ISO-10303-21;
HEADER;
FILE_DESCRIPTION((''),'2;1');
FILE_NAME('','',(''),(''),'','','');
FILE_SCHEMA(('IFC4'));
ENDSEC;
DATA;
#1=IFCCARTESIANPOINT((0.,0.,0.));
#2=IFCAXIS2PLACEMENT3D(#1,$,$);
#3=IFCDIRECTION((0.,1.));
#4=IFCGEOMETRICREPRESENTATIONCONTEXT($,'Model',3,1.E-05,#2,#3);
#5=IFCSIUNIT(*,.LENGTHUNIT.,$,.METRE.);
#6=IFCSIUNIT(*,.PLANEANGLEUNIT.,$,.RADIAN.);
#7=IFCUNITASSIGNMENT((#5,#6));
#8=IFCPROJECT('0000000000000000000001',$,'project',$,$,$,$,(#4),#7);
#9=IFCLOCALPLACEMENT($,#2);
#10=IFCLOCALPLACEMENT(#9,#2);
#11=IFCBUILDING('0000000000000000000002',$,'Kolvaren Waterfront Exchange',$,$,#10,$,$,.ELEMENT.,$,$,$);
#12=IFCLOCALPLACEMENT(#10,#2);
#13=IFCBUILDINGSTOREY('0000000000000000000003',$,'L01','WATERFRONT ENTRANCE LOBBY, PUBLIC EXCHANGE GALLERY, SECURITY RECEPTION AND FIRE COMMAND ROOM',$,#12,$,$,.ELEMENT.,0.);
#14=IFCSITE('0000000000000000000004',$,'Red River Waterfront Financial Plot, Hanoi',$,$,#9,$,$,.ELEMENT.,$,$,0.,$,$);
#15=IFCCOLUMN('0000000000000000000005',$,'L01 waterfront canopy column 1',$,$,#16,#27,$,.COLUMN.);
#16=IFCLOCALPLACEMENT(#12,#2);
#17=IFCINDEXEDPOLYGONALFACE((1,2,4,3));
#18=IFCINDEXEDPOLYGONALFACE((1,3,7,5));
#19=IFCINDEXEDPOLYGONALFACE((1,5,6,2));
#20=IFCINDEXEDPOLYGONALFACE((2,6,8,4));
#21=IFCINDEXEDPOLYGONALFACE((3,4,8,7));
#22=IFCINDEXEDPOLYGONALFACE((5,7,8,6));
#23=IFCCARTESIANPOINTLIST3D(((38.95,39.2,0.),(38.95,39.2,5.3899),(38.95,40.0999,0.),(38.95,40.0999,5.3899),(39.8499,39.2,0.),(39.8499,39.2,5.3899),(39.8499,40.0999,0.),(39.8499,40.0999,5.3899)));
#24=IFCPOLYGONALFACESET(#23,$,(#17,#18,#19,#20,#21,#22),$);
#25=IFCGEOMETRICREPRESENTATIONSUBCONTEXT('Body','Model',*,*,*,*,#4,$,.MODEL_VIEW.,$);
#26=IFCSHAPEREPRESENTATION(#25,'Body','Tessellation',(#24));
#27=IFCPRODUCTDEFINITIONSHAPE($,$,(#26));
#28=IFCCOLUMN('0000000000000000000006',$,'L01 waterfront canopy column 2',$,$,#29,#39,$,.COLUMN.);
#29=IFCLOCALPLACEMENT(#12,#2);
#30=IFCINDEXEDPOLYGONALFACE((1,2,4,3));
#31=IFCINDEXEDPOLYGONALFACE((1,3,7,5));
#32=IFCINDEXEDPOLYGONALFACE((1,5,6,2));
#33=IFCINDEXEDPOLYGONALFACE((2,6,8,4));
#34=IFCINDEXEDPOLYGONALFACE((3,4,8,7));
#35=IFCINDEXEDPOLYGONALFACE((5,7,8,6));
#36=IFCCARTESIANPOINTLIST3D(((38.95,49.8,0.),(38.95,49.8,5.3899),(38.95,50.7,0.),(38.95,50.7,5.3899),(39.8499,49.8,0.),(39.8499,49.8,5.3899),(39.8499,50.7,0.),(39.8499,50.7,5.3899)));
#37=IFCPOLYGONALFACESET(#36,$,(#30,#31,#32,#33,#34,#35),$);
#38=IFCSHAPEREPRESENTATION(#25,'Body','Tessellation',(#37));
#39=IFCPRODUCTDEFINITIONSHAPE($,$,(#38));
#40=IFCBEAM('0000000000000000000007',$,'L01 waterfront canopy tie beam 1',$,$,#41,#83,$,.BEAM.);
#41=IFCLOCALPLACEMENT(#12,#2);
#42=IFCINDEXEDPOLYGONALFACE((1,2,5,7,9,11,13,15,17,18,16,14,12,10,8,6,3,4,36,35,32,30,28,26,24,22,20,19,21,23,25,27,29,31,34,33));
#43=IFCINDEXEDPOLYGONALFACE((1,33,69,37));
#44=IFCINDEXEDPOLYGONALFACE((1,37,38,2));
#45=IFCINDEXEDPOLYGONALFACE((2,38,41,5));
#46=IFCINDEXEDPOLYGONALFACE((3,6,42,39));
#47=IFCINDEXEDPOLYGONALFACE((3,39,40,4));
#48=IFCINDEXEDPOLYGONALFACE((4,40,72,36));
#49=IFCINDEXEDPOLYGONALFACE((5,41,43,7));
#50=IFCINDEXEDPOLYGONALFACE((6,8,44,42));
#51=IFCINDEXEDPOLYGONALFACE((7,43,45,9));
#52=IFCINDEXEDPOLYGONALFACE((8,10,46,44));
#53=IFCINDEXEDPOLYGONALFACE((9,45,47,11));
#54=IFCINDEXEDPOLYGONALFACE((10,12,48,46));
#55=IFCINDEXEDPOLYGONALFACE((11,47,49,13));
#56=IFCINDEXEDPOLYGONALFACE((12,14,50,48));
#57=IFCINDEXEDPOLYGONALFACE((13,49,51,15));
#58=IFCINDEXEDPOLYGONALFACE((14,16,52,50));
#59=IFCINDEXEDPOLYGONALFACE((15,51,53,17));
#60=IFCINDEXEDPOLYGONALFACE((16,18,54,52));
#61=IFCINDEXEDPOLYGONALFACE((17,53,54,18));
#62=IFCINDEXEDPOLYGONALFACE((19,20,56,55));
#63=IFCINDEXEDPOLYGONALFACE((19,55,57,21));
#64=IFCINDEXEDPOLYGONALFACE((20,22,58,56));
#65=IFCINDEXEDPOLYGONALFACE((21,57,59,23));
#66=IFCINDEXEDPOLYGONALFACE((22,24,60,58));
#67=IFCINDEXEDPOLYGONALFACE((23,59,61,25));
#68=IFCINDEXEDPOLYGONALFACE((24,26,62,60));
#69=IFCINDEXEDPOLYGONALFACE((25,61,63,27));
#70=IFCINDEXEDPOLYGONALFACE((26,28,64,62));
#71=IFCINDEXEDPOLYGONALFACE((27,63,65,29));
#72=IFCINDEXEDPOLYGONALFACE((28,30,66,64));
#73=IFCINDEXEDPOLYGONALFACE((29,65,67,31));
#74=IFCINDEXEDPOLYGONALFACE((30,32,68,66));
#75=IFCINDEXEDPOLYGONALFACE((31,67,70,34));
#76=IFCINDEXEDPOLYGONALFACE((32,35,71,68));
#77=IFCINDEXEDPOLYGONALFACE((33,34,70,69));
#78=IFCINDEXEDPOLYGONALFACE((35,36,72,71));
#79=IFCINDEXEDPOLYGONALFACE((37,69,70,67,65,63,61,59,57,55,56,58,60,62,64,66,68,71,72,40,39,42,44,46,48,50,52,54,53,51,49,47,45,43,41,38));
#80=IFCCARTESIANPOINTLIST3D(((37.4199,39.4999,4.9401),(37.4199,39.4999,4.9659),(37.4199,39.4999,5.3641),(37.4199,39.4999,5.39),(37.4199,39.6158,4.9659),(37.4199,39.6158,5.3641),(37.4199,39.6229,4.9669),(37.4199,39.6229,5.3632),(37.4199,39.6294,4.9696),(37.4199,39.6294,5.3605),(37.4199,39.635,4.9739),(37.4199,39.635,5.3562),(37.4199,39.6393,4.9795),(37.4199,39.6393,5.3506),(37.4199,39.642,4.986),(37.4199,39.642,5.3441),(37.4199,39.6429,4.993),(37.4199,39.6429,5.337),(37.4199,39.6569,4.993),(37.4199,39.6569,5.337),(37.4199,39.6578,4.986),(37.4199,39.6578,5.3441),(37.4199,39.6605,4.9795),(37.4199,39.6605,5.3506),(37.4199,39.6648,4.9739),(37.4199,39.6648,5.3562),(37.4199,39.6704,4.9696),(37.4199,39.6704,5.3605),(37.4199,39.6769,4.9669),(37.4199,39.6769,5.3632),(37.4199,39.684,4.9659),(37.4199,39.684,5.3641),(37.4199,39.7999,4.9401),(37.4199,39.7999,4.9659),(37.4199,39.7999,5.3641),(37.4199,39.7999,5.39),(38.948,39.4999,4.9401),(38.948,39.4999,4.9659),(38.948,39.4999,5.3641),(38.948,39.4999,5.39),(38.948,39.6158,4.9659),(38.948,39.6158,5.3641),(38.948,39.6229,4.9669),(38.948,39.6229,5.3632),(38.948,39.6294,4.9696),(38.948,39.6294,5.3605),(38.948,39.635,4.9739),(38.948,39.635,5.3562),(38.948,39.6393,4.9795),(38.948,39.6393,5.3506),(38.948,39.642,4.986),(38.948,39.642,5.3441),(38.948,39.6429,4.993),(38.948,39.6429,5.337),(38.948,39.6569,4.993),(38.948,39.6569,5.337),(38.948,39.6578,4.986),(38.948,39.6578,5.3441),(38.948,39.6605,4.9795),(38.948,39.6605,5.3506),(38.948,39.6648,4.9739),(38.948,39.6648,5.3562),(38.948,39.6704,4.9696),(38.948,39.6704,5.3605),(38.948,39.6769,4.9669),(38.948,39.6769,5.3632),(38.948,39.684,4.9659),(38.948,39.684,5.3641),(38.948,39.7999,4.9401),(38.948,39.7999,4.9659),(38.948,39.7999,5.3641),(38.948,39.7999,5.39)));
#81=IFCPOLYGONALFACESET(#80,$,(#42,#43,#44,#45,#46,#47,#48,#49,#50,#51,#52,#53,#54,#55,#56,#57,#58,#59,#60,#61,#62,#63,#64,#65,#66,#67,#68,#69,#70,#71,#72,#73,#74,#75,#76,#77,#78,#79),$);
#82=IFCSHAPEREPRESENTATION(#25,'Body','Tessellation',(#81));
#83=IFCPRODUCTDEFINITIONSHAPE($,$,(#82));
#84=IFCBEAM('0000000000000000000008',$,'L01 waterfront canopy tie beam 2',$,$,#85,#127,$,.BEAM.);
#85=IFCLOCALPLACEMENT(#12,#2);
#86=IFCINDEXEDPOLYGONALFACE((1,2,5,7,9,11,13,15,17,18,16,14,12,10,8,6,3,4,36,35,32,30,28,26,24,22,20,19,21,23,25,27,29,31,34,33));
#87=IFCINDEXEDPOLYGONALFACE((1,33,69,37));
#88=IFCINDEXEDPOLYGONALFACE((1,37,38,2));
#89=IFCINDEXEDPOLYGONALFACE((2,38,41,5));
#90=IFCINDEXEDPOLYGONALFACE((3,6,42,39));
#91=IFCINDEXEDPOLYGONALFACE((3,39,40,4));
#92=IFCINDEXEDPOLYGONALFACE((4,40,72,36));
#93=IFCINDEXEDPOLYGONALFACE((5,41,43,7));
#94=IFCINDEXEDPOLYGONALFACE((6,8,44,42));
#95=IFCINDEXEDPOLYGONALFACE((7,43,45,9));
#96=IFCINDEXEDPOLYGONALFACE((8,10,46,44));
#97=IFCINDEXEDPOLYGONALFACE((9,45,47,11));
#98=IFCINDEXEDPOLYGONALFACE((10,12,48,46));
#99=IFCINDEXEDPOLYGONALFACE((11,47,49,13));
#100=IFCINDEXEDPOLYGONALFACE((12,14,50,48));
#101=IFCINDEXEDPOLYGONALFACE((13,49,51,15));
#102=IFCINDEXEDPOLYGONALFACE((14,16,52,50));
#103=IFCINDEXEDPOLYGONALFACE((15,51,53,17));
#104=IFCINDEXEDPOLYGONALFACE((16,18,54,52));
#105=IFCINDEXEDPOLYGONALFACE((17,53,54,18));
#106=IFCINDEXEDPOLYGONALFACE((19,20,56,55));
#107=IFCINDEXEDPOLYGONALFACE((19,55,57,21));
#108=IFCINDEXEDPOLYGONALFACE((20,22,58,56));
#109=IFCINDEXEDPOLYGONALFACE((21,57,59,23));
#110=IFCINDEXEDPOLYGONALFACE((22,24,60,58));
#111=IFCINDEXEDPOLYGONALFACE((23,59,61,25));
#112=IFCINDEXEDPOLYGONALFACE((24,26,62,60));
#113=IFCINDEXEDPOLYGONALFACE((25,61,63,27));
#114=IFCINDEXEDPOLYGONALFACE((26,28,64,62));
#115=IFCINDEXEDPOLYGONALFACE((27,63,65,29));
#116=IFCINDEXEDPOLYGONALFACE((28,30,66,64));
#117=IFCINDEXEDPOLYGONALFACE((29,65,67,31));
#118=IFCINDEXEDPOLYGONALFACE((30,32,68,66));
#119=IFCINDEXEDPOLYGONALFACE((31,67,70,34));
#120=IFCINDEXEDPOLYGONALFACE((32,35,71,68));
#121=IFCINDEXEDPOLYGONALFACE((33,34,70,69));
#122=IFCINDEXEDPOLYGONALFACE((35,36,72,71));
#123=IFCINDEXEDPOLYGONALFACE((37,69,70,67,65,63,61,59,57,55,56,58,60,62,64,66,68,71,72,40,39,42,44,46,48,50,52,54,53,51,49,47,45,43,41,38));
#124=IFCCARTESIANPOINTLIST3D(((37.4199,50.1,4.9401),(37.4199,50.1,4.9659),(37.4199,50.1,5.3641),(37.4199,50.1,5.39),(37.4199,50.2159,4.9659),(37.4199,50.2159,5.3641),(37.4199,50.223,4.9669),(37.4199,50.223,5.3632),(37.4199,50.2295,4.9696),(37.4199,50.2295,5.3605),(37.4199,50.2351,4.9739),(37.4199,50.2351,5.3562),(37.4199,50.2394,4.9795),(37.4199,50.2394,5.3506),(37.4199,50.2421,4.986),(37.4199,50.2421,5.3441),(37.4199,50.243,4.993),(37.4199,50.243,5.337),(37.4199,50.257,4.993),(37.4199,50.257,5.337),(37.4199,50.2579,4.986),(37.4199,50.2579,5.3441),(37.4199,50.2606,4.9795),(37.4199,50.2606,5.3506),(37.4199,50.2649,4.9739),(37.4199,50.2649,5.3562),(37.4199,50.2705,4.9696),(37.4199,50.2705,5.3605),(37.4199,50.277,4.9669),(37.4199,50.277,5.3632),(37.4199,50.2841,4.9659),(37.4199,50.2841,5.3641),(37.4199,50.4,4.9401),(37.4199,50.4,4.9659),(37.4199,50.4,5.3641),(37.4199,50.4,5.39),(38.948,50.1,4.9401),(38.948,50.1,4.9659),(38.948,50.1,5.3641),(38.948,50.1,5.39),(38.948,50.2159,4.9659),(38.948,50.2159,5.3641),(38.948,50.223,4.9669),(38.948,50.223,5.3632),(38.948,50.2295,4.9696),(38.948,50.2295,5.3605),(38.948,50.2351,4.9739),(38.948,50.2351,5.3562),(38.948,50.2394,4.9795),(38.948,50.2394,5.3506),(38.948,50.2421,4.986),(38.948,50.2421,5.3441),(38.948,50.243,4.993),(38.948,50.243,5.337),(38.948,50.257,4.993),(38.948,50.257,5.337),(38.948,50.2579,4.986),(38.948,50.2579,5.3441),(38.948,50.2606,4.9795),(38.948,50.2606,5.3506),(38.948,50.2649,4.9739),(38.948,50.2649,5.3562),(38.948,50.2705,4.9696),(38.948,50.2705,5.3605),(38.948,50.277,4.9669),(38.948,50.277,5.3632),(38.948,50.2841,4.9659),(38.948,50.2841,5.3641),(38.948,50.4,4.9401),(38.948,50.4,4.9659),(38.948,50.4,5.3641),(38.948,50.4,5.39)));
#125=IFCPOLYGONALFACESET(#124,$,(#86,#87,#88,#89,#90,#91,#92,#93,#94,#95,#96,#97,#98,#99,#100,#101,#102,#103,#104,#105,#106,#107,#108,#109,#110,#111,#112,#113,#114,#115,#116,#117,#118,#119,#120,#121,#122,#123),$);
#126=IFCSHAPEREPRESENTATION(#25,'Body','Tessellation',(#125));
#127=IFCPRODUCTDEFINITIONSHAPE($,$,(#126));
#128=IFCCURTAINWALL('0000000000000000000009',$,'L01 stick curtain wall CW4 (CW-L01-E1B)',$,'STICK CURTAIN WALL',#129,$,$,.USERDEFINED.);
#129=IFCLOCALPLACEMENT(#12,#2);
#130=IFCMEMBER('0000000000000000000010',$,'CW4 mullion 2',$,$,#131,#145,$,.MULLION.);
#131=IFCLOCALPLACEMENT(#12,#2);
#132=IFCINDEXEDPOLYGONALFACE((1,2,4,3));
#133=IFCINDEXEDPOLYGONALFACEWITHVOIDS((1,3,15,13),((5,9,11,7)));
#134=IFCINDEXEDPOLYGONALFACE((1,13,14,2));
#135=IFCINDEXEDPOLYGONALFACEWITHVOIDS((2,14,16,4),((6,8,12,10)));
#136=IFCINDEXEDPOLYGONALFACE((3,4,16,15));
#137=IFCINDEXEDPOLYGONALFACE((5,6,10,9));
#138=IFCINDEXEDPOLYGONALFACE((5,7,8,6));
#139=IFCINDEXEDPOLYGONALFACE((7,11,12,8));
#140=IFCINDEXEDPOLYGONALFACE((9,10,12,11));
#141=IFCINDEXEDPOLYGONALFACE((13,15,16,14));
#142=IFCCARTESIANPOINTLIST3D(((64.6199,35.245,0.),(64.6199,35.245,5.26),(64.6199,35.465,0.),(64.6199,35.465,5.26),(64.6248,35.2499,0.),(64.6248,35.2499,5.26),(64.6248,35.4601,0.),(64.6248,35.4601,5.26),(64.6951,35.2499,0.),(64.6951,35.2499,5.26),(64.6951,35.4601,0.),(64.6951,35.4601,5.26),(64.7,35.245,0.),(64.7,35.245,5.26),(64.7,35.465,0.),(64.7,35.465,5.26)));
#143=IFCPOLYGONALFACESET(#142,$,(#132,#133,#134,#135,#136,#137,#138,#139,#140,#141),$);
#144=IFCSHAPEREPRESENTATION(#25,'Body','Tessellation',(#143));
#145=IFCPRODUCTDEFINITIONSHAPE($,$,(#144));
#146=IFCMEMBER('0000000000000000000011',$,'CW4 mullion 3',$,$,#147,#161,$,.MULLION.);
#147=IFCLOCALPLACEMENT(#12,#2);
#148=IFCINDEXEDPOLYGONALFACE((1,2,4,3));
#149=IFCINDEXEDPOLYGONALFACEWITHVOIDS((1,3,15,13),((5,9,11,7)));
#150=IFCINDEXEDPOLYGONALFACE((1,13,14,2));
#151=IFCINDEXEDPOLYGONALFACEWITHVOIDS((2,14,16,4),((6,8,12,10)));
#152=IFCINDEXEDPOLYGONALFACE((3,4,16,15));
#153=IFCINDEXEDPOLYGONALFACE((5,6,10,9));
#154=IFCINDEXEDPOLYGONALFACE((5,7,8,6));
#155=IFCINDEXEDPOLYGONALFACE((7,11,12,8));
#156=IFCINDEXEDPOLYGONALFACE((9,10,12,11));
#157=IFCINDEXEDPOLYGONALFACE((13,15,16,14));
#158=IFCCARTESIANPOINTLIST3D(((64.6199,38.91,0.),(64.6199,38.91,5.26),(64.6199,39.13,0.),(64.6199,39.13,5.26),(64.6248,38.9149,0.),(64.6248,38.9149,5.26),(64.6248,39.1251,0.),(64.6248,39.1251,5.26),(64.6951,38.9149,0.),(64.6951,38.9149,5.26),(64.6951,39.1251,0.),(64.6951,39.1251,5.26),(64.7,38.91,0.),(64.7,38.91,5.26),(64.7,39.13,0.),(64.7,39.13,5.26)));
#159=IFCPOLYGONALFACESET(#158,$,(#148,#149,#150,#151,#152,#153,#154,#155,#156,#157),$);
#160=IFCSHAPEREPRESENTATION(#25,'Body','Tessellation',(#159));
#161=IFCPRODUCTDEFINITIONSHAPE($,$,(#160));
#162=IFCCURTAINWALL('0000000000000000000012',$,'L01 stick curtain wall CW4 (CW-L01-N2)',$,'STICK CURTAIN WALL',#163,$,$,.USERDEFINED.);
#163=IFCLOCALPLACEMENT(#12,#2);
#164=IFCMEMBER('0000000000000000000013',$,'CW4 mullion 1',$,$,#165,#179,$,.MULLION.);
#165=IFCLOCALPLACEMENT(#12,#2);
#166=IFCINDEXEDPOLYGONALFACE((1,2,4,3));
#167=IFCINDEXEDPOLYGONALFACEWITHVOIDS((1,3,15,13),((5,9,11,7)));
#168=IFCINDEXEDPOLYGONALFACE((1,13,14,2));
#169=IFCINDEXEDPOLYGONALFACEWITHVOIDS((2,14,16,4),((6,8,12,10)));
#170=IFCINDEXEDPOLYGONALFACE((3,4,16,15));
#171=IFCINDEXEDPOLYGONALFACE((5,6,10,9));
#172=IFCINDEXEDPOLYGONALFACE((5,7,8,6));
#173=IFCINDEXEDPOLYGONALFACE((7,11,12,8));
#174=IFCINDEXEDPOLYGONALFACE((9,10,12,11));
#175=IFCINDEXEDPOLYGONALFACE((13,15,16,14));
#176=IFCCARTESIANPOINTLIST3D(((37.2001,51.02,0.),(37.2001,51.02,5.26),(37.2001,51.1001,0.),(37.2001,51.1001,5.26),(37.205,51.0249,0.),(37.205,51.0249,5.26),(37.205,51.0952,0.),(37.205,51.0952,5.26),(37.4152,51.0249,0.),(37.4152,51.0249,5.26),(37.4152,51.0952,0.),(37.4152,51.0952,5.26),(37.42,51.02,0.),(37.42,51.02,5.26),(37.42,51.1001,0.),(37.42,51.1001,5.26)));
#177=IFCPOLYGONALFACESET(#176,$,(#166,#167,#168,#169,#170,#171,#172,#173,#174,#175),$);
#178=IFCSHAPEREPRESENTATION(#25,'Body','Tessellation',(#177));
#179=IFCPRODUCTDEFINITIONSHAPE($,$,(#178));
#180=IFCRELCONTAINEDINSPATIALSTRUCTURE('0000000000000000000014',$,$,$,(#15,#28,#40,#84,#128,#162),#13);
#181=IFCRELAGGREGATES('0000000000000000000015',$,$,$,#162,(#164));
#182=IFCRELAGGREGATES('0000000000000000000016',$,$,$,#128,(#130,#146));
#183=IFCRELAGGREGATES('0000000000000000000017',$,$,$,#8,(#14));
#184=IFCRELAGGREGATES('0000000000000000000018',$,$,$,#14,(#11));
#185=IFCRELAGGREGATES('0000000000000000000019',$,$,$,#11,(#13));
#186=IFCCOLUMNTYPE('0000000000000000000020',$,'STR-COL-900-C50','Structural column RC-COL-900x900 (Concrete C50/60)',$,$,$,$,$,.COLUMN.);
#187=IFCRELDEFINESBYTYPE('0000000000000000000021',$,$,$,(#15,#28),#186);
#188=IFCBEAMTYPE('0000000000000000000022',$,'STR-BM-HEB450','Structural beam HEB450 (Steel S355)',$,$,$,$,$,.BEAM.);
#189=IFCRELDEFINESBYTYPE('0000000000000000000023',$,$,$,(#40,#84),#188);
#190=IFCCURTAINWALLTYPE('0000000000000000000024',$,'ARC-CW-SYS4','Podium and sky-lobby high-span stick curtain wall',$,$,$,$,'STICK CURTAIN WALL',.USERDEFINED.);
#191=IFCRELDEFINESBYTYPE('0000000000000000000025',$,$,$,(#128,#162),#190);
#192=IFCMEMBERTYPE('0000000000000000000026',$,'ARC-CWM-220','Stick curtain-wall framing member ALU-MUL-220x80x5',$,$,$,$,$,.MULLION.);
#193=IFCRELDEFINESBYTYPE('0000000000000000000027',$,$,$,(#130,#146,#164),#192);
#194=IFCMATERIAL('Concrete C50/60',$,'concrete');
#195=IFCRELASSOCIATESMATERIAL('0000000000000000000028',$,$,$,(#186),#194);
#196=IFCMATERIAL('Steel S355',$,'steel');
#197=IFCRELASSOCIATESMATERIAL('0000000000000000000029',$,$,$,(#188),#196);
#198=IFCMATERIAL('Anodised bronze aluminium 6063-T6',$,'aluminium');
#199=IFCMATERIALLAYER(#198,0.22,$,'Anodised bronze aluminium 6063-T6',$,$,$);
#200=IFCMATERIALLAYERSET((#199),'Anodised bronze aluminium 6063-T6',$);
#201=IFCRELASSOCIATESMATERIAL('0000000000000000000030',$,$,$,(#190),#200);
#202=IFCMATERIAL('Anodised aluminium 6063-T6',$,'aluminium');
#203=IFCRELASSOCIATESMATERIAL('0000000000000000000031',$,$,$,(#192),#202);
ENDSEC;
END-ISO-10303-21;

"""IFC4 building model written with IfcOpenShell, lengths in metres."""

from ifc_helpers import new_model, si_unit, direction, frame, origin, origin_with_axes, origin_2d, place, context, subcontext, project, spatial, rectangle, hollow_rectangle, i_section, extrude, source, transform, mapped, material, layer, layer_set, material_profile, profile_set, type_object, element, aggregate, save


model = new_model("IFC4")

# Units and contexts
model_context = context("Model", 3, precision=1e-05, world=origin(), true_north=direction((0.0, 1.0)))
body_context = subcontext(model_context, "Body", "Model", "MODEL_VIEW")
ifc_project = project(units=[si_unit("LENGTHUNIT", "METRE"), si_unit("PLANEANGLEUNIT", "RADIAN")], contexts=[model_context])

# Site, building, storey
site_placement = place(None, origin())
site = spatial("IfcSite", under=ifc_project, at=site_placement, Name="Red River Waterfront Financial Plot, Hanoi", CompositionType="ELEMENT", RefElevation=0.0)
building_placement = place(site_placement, origin())
building = spatial("IfcBuilding", under=site, at=building_placement, Name="Kolvaren Waterfront Exchange", CompositionType="ELEMENT")
storey_placement = place(building_placement, origin())
storey = spatial("IfcBuildingStorey", under=building, at=storey_placement, Name="L01", Description="WATERFRONT ENTRANCE LOBBY, PUBLIC EXCHANGE GALLERY, SECURITY RECEPTION AND FIRE COMMAND ROOM", CompositionType="ELEMENT", Elevation=0.0)

# Columns
ifc_material_1 = material(Name="Concrete C50/60", Category="concrete")
ifc_material_profile_1 = material_profile(ifc_material_1, rectangle(XDim=0.8999, YDim=0.8999, at=origin_2d()), Name="RC-COL-900x900")
ifc_profile_set_1 = profile_set([ifc_material_profile_1], Name="Concrete C50/60")
column_type = type_object("IfcColumnType", Name="STR-COL-900-C50", Description="Structural column RC-COL-900x900 (Concrete C50/60)", PredefinedType="COLUMN", material=ifc_profile_set_1)
for number, where, z_axis, x_axis, name in (
    (1, (39.3999, 39.6499, 0.0), (0.0, 0.0, 1.0), (1.0, 0.0, 0.0), "L01 waterfront canopy column 1"),
    (2, (39.3999, 50.25, 0.0), (0.0, 0.0, 1.0), (1.0, 0.0, 0.0), "L01 waterfront canopy column 2"),
):
    element("IfcColumn", number, at=place(storey_placement, frame(where, z_axis=z_axis, x_axis=x_axis)), inside=storey, type_object=column_type, Name=name, PredefinedType="COLUMN", context=body_context, shape_type="SweptSolid", body=[
        extrude(rectangle(XDim=0.8999, YDim=0.8999, at=origin_2d()), origin(), (0.0, 0.0, 1.0), 5.3899),
    ])

# Beams
ifc_material_2 = material(Name="Steel S355", Category="steel")
ifc_material_profile_2 = material_profile(ifc_material_2, i_section(OverallWidth=0.3, OverallDepth=0.45, WebThickness=0.0139, FlangeThickness=0.0259, FilletRadius=0.0271, at=origin_2d()), Name="HEB450")
ifc_profile_set_2 = profile_set([ifc_material_profile_2], Name="Steel S355")
beam_type = type_object("IfcBeamType", Name="STR-BM-HEB450", Description="Structural beam HEB450 (Steel S355)", PredefinedType="BEAM", material=ifc_profile_set_2)
for number, where, z_axis, x_axis, name in (
    (3, (37.4199, 39.6499, 5.165), (1.0, 0.0, 0.0), (0.0, 1.0, 0.0), "L01 waterfront canopy tie beam 1"),
    (4, (37.4199, 50.25, 5.165), (1.0, 0.0, 0.0), (0.0, 1.0, 0.0), "L01 waterfront canopy tie beam 2"),
):
    element("IfcBeam", number, at=place(storey_placement, frame(where, z_axis=z_axis, x_axis=x_axis)), inside=storey, type_object=beam_type, Name=name, PredefinedType="BEAM", context=body_context, shape_type="SweptSolid", body=[
        extrude(i_section(OverallWidth=0.3, OverallDepth=0.45, WebThickness=0.0139, FlangeThickness=0.0259, FilletRadius=0.0271, at=origin_2d()), origin(), (0.0, 0.0, 1.0), 1.5281),
    ])

# Curtain wall, members
ifc_material_3 = material(Name="Anodised bronze aluminium 6063-T6", Category="aluminium")
ifc_layer_1 = layer(ifc_material_3, 0.22, Name="Anodised bronze aluminium 6063-T6")
ifc_layer_set_1 = layer_set([ifc_layer_1], Name="Anodised bronze aluminium 6063-T6")
curtain_wall_type = type_object("IfcCurtainWallType", Name="ARC-CW-SYS4", Description="Podium and sky-lobby high-span stick curtain wall", ElementType="STICK CURTAIN WALL", PredefinedType="USERDEFINED", material=ifc_layer_set_1)
curtain_wall_1_placement = place(storey_placement, origin())
curtain_wall_1 = element("IfcCurtainWall", 5, at=curtain_wall_1_placement, inside=storey, type_object=curtain_wall_type, Name="L01 stick curtain wall CW4 (CW-L01-E1B)", ObjectType="STICK CURTAIN WALL", PredefinedType="USERDEFINED")
ifc_material_4 = material(Name="Anodised aluminium 6063-T6", Category="aluminium")
ifc_material_profile_3 = material_profile(ifc_material_4, hollow_rectangle(XDim=0.0801, YDim=0.22, WallThickness=0.0049, at=origin_2d()), Name="ALU-MUL-220x80x5")
ifc_profile_set_3 = profile_set([ifc_material_profile_3], Name="Anodised aluminium 6063-T6")
member_type_1 = type_object("IfcMemberType", Name="ARC-CWM-220", Description="Stick curtain-wall framing member ALU-MUL-220x80x5", PredefinedType="MULLION", material=ifc_profile_set_3)
shared_shape_1 = source(origin_with_axes(), body_context, "Body", "SweptSolid", [
    extrude(hollow_rectangle(XDim=0.0801, YDim=0.22, WallThickness=0.0049, at=origin_2d()), origin(), (0.0, 0.0, 1.0), 5.26),
])
member_1_placement = place(storey_placement, frame((64.6599, 35.355, 0.0), z_axis=(0.0, 0.0, 1.0), x_axis=(-1.0, 0.0, 0.0)))
member_1 = element("IfcMember", 6, at=member_1_placement, type_object=member_type_1, Name="CW4 mullion 2", PredefinedType="MULLION", context=body_context, shape_type="MappedRepresentation", body=[
    mapped(shared_shape_1, transform((0.0, 0.0, 0.0), x_axis=(1.0, 0.0, 0.0), y_axis=(0.0, 1.0, 0.0), z_axis=(0.0, 0.0, 1.0), scale=1.0)),
])
member_2_placement = place(storey_placement, frame((64.6599, 39.02, 0.0), z_axis=(0.0, 0.0, 1.0), x_axis=(-1.0, 0.0, 0.0)))
member_2 = element("IfcMember", 7, at=member_2_placement, type_object=member_type_1, Name="CW4 mullion 3", PredefinedType="MULLION", context=body_context, shape_type="MappedRepresentation", body=[
    mapped(shared_shape_1, transform((0.0, 0.0, 0.0), x_axis=(1.0, 0.0, 0.0), y_axis=(0.0, 1.0, 0.0), z_axis=(0.0, 0.0, 1.0), scale=1.0)),
])

# Curtain wall, member
curtain_wall_2_placement = place(storey_placement, origin())
curtain_wall_2 = element("IfcCurtainWall", 8, at=curtain_wall_2_placement, inside=storey, type_object=curtain_wall_type, Name="L01 stick curtain wall CW4 (CW-L01-N2)", ObjectType="STICK CURTAIN WALL", PredefinedType="USERDEFINED")
member_3_placement = place(storey_placement, frame((37.3101, 51.0601, 0.0), z_axis=(0.0, 0.0, 1.0), x_axis=(0.0, -1.0, 0.0)))
member_3 = element("IfcMember", 9, at=member_3_placement, type_object=member_type_1, Name="CW4 mullion 1", PredefinedType="MULLION", context=body_context, shape_type="MappedRepresentation", body=[
    mapped(shared_shape_1, transform((0.0, 0.0, 0.0), x_axis=(1.0, 0.0, 0.0), y_axis=(0.0, 1.0, 0.0), z_axis=(0.0, 0.0, 1.0), scale=1.0)),
])

aggregate(curtain_wall_2, [member_3])

aggregate(curtain_wall_1, [member_1, member_2])

save(model, "model.ifc")
